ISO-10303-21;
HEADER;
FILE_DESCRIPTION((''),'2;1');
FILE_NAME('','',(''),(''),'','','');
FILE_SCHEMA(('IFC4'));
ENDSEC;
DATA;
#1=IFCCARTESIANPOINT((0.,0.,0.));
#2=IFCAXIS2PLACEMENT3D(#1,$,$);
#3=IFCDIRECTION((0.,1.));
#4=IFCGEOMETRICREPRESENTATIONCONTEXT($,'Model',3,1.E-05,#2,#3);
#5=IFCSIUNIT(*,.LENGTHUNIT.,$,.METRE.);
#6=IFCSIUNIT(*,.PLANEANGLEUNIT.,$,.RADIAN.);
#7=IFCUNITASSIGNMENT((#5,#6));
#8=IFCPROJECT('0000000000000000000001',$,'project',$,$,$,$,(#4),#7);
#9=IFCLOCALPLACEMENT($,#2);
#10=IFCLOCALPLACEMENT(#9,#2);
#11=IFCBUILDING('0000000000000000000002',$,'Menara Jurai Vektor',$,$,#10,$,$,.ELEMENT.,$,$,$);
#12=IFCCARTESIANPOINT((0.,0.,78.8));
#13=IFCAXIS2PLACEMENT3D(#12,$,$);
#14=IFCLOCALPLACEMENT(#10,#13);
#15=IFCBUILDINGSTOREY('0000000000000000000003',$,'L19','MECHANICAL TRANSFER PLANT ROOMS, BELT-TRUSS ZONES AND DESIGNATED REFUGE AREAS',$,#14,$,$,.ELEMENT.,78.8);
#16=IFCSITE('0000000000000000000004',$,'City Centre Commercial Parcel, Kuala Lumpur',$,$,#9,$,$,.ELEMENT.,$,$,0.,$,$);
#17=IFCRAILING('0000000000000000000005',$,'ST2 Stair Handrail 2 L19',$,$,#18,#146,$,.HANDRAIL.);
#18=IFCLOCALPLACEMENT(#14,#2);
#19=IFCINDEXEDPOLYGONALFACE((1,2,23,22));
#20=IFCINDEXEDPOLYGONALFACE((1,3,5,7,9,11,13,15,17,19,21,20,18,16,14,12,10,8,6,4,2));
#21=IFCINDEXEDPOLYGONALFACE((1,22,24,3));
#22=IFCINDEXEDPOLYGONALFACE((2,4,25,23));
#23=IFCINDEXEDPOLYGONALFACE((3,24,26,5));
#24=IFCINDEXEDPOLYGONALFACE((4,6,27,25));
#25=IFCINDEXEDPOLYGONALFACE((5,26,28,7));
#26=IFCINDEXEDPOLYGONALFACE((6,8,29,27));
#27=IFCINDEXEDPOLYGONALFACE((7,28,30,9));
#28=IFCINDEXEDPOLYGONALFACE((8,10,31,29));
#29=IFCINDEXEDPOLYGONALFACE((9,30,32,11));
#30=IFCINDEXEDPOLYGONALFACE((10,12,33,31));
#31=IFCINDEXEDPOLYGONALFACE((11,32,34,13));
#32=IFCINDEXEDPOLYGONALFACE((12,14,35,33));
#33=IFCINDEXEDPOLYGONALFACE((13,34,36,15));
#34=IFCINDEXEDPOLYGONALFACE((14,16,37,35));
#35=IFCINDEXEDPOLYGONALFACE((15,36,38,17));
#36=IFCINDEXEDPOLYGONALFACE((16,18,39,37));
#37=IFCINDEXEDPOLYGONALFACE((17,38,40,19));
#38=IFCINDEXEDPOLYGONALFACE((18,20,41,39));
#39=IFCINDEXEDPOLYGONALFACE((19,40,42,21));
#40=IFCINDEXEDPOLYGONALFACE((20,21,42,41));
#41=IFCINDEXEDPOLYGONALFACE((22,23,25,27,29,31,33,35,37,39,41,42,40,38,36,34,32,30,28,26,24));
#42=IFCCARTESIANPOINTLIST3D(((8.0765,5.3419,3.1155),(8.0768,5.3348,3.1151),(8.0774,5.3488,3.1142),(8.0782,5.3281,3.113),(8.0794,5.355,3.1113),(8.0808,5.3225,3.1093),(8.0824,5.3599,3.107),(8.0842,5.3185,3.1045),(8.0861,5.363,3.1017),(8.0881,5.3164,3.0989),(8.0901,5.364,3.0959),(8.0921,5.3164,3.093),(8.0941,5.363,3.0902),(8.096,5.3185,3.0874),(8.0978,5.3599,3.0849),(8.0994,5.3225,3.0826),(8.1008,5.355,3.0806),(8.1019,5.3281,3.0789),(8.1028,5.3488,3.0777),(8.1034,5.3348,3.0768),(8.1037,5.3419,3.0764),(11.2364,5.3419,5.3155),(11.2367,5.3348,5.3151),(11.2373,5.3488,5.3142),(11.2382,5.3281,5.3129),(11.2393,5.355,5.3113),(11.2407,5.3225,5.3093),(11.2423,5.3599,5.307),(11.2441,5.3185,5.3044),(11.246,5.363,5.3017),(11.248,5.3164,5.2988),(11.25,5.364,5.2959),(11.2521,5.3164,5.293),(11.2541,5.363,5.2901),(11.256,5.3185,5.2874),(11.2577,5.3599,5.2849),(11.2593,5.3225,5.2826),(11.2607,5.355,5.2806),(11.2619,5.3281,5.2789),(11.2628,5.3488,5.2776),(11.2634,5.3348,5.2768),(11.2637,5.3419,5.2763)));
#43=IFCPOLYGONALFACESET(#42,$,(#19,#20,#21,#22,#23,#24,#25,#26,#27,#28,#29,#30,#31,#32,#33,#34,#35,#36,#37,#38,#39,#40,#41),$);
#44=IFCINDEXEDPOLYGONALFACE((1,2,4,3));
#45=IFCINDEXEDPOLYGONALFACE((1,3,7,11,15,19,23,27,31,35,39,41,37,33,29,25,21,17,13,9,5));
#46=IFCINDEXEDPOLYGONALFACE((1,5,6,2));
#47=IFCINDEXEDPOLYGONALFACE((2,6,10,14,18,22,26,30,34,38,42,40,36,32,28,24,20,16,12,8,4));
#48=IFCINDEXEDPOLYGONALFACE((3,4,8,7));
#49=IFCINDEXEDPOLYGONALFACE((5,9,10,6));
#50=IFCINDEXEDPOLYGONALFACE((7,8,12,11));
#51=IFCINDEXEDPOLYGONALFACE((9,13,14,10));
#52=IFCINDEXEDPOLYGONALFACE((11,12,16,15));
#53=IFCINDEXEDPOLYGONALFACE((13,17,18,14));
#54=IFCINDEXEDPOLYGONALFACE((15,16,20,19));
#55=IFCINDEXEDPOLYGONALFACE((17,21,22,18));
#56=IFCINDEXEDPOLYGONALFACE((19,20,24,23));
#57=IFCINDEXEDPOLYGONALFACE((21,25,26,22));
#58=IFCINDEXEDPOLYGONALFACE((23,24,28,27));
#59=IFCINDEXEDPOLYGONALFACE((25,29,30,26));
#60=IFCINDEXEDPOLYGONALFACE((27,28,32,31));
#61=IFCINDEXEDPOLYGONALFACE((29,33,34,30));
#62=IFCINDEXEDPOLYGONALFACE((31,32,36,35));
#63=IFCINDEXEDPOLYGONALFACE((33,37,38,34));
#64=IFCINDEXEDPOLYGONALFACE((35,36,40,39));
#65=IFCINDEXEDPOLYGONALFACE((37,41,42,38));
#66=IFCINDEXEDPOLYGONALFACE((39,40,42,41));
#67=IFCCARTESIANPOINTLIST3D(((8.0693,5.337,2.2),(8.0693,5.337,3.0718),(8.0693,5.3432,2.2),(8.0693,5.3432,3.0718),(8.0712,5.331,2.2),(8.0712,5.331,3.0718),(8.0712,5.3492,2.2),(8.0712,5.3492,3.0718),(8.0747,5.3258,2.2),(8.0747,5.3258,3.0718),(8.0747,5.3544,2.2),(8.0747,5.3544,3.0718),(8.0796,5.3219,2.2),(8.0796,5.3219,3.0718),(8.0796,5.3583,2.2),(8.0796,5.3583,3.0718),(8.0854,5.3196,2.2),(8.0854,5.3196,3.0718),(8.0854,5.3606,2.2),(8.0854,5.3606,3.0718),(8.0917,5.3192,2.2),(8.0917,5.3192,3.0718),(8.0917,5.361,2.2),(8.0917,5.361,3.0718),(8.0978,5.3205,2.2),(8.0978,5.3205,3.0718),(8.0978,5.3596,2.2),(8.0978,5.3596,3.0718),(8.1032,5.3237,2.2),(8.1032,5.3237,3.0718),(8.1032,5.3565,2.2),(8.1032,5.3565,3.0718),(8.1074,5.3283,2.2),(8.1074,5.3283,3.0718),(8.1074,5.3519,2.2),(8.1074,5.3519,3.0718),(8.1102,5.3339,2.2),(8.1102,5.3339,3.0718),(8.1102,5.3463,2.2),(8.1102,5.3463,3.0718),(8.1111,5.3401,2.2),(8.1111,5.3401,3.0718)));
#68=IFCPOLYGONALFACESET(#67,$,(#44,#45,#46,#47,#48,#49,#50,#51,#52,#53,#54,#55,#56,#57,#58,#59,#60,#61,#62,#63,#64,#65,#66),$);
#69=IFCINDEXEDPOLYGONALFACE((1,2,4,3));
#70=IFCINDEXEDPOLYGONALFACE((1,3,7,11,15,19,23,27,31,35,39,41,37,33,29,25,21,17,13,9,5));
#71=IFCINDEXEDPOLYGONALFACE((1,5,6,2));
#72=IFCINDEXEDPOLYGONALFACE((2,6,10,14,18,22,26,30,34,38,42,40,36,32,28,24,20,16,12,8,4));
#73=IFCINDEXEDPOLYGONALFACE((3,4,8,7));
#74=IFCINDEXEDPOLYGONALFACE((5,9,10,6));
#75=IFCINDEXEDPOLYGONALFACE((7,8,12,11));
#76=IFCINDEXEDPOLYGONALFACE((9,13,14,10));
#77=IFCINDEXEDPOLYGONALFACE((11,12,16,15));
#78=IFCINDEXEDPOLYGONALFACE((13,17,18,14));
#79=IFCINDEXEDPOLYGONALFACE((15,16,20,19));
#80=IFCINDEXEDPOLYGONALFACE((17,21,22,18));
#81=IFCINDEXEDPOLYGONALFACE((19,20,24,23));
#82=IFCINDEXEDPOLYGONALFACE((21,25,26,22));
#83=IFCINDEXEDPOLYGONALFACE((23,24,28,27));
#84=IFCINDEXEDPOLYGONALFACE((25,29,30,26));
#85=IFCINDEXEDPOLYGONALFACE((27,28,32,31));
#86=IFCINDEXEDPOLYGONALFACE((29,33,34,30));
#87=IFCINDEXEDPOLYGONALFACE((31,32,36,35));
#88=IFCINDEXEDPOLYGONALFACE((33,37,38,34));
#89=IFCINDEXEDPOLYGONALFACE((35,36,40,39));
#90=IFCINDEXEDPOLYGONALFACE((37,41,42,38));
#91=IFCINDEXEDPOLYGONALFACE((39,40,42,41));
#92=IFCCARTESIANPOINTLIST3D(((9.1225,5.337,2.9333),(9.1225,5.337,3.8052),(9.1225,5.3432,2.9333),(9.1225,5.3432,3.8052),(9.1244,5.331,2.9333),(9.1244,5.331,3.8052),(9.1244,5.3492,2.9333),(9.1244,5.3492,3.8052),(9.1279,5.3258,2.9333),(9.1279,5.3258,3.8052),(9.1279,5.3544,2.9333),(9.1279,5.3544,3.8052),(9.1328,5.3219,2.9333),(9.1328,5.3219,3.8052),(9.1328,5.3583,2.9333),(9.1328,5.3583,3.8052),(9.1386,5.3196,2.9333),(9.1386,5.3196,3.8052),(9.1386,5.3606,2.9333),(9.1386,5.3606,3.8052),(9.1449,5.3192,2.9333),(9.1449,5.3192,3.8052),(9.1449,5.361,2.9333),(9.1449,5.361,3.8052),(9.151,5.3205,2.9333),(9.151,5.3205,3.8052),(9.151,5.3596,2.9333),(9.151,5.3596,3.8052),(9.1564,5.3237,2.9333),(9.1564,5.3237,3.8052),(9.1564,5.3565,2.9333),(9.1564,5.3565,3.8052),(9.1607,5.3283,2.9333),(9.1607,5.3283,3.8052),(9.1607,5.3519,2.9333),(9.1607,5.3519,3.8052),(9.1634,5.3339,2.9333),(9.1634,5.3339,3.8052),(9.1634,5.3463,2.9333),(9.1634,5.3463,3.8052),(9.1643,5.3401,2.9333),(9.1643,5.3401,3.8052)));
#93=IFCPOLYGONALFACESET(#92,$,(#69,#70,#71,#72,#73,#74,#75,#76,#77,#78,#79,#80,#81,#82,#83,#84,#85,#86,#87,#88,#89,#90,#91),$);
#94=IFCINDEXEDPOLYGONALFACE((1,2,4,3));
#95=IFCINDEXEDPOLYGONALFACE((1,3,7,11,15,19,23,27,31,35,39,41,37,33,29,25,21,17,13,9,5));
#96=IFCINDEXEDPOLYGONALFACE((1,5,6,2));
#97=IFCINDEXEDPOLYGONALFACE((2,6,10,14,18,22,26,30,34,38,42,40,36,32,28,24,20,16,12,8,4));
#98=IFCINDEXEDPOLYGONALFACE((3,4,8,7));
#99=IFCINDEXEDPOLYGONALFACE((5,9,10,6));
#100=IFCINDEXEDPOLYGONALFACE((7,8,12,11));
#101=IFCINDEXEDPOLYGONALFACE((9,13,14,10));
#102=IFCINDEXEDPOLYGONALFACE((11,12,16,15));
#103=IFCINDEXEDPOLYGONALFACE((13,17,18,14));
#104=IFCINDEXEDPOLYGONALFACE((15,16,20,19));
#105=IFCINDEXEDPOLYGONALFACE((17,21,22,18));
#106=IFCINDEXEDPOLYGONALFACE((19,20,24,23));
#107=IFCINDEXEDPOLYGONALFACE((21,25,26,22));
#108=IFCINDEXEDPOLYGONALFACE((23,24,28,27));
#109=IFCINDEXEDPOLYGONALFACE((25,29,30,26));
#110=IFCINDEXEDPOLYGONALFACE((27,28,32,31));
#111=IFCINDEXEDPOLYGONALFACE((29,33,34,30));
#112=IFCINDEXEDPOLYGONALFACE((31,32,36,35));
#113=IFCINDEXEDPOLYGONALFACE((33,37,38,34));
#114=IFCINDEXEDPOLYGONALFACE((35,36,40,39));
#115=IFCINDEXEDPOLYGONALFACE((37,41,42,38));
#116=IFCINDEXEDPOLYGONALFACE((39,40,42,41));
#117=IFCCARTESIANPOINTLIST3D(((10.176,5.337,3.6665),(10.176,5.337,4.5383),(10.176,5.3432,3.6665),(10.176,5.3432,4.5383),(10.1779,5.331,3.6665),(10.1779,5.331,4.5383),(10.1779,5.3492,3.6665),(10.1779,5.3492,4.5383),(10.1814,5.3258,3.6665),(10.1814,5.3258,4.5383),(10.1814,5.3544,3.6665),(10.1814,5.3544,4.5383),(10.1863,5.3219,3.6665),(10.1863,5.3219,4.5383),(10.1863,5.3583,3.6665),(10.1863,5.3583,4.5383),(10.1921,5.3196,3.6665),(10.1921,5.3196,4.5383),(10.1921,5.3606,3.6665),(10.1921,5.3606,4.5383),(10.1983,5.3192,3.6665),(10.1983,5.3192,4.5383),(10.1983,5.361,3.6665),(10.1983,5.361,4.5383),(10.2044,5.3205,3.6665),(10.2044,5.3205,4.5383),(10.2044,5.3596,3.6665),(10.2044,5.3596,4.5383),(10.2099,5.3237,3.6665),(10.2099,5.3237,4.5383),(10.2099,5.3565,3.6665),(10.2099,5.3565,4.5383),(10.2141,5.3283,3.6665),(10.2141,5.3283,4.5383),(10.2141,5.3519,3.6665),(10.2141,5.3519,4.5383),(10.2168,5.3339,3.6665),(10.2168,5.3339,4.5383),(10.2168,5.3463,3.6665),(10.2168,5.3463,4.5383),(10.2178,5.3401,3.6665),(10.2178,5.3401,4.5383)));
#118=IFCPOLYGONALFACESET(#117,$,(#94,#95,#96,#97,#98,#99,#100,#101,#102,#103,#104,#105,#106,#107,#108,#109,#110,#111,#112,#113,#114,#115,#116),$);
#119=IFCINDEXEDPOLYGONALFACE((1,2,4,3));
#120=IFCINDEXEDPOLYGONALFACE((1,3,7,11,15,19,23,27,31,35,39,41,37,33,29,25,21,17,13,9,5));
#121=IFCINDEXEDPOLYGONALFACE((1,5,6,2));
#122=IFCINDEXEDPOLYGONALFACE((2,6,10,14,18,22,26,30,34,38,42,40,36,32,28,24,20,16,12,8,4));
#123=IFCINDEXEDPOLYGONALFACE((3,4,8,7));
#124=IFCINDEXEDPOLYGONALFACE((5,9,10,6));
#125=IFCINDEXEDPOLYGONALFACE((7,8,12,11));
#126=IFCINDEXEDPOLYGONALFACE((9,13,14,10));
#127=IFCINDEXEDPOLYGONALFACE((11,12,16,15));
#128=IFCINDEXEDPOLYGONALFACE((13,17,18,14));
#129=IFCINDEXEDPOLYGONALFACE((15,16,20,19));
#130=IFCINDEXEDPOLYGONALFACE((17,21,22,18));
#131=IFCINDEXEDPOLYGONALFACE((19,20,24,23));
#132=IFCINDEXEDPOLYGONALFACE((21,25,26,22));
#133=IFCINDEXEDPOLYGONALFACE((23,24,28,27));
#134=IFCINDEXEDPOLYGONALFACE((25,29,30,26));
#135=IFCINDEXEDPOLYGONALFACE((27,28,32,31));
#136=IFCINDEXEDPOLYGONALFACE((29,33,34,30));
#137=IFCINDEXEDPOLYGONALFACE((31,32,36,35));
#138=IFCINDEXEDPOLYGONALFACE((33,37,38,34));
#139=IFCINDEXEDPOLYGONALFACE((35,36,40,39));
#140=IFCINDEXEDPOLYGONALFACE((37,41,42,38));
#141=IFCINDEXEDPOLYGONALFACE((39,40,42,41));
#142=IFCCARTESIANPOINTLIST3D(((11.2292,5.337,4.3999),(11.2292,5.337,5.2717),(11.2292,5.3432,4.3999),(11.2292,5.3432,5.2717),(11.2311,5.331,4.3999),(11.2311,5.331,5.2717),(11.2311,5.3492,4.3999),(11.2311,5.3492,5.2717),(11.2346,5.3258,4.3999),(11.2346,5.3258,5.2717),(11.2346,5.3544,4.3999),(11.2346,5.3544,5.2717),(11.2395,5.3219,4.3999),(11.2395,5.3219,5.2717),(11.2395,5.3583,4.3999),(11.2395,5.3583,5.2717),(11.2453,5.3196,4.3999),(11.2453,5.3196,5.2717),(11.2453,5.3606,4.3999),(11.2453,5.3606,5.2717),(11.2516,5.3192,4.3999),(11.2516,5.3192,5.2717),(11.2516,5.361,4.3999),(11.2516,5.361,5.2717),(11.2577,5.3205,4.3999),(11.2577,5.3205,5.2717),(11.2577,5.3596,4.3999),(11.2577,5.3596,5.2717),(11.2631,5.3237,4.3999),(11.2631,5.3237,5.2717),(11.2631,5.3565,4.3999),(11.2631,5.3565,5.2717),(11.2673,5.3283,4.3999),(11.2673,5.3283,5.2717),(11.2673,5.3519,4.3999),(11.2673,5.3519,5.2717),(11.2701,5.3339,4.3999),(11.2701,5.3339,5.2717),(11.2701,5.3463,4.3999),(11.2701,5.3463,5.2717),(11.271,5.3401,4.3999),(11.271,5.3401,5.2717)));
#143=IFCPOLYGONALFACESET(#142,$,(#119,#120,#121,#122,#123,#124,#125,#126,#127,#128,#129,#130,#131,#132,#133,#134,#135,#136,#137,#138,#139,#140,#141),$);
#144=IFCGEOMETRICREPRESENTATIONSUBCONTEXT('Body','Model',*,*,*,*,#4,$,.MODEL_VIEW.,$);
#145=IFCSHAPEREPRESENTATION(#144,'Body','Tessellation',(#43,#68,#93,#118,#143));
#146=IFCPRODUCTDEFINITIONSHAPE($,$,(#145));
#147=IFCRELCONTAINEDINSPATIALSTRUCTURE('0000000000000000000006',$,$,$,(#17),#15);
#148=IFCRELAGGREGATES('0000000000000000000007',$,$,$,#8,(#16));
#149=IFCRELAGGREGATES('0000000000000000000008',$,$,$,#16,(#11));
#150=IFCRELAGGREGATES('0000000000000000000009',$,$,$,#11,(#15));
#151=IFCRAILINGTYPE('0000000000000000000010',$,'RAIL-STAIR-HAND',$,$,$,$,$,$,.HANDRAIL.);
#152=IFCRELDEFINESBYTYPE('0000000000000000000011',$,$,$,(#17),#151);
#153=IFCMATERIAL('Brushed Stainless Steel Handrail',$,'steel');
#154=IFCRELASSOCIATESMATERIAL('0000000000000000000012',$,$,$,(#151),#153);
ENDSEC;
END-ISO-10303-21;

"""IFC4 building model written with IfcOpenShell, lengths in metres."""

from ifc_helpers import new_model, si_unit, direction, frame, origin, origin_2d, place, context, subcontext, project, spatial, circle, extrude, material, type_object, element, save


model = new_model("IFC4")

# Units and contexts
model_context = context("Model", 3, precision=1e-05, world=origin(), true_north=direction((0.0, 1.0)))
body_context = subcontext(model_context, "Body", "Model", "MODEL_VIEW")
ifc_project = project(units=[si_unit("LENGTHUNIT", "METRE"), si_unit("PLANEANGLEUNIT", "RADIAN")], contexts=[model_context])

# Site, building, storey
site_placement = place(None, origin())
site = spatial("IfcSite", under=ifc_project, at=site_placement, Name="City Centre Commercial Parcel, Kuala Lumpur", CompositionType="ELEMENT", RefElevation=0.0)
building_placement = place(site_placement, origin())
building = spatial("IfcBuilding", under=site, at=building_placement, Name="Menara Jurai Vektor", CompositionType="ELEMENT")
storey_placement = place(building_placement, frame((0.0, 0.0, 78.8)))
storey = spatial("IfcBuildingStorey", under=building, at=storey_placement, Name="L19", Description="MECHANICAL TRANSFER PLANT ROOMS, BELT-TRUSS ZONES AND DESIGNATED REFUGE AREAS", CompositionType="ELEMENT", Elevation=78.8)

# Railing
ifc_material_1 = material(Name="Brushed Stainless Steel Handrail", Category="steel")
railing_type_1 = type_object("IfcRailingType", Name="RAIL-STAIR-HAND", PredefinedType="HANDRAIL", material=ifc_material_1)
railing_1_placement = place(storey_placement, frame((8.0901, 5.3401, 2.2)))
element("IfcRailing", 1, at=railing_1_placement, inside=storey, type_object=railing_type_1, Name="ST2 Stair Handrail 2 L19", PredefinedType="HANDRAIL", context=body_context, shape_type="SweptSolid", body=[
    extrude(circle(Radius=0.0239, at=origin_2d()), frame((0.0, 0.0, 0.896), z_axis=(0.820692, 0.0, 0.571371), x_axis=(0.0, 1.0, 0.0)), (0.0, 0.0, 1.0), 3.8503),
    extrude(circle(Radius=0.021, at=origin_2d()), origin(), (0.0, 0.0, 1.0), 0.8718),
    extrude(circle(Radius=0.021, at=origin_2d()), frame((1.0532, 0.0, 0.7334)), (0.0, 0.0, 1.0), 0.8718),
    extrude(circle(Radius=0.021, at=origin_2d()), frame((2.1067, 0.0, 1.4666)), (0.0, 0.0, 1.0), 0.8718),
    extrude(circle(Radius=0.021, at=origin_2d()), frame((3.1599, 0.0, 2.2)), (0.0, 0.0, 1.0), 0.8718),
])

save(model, "model.ifc")
